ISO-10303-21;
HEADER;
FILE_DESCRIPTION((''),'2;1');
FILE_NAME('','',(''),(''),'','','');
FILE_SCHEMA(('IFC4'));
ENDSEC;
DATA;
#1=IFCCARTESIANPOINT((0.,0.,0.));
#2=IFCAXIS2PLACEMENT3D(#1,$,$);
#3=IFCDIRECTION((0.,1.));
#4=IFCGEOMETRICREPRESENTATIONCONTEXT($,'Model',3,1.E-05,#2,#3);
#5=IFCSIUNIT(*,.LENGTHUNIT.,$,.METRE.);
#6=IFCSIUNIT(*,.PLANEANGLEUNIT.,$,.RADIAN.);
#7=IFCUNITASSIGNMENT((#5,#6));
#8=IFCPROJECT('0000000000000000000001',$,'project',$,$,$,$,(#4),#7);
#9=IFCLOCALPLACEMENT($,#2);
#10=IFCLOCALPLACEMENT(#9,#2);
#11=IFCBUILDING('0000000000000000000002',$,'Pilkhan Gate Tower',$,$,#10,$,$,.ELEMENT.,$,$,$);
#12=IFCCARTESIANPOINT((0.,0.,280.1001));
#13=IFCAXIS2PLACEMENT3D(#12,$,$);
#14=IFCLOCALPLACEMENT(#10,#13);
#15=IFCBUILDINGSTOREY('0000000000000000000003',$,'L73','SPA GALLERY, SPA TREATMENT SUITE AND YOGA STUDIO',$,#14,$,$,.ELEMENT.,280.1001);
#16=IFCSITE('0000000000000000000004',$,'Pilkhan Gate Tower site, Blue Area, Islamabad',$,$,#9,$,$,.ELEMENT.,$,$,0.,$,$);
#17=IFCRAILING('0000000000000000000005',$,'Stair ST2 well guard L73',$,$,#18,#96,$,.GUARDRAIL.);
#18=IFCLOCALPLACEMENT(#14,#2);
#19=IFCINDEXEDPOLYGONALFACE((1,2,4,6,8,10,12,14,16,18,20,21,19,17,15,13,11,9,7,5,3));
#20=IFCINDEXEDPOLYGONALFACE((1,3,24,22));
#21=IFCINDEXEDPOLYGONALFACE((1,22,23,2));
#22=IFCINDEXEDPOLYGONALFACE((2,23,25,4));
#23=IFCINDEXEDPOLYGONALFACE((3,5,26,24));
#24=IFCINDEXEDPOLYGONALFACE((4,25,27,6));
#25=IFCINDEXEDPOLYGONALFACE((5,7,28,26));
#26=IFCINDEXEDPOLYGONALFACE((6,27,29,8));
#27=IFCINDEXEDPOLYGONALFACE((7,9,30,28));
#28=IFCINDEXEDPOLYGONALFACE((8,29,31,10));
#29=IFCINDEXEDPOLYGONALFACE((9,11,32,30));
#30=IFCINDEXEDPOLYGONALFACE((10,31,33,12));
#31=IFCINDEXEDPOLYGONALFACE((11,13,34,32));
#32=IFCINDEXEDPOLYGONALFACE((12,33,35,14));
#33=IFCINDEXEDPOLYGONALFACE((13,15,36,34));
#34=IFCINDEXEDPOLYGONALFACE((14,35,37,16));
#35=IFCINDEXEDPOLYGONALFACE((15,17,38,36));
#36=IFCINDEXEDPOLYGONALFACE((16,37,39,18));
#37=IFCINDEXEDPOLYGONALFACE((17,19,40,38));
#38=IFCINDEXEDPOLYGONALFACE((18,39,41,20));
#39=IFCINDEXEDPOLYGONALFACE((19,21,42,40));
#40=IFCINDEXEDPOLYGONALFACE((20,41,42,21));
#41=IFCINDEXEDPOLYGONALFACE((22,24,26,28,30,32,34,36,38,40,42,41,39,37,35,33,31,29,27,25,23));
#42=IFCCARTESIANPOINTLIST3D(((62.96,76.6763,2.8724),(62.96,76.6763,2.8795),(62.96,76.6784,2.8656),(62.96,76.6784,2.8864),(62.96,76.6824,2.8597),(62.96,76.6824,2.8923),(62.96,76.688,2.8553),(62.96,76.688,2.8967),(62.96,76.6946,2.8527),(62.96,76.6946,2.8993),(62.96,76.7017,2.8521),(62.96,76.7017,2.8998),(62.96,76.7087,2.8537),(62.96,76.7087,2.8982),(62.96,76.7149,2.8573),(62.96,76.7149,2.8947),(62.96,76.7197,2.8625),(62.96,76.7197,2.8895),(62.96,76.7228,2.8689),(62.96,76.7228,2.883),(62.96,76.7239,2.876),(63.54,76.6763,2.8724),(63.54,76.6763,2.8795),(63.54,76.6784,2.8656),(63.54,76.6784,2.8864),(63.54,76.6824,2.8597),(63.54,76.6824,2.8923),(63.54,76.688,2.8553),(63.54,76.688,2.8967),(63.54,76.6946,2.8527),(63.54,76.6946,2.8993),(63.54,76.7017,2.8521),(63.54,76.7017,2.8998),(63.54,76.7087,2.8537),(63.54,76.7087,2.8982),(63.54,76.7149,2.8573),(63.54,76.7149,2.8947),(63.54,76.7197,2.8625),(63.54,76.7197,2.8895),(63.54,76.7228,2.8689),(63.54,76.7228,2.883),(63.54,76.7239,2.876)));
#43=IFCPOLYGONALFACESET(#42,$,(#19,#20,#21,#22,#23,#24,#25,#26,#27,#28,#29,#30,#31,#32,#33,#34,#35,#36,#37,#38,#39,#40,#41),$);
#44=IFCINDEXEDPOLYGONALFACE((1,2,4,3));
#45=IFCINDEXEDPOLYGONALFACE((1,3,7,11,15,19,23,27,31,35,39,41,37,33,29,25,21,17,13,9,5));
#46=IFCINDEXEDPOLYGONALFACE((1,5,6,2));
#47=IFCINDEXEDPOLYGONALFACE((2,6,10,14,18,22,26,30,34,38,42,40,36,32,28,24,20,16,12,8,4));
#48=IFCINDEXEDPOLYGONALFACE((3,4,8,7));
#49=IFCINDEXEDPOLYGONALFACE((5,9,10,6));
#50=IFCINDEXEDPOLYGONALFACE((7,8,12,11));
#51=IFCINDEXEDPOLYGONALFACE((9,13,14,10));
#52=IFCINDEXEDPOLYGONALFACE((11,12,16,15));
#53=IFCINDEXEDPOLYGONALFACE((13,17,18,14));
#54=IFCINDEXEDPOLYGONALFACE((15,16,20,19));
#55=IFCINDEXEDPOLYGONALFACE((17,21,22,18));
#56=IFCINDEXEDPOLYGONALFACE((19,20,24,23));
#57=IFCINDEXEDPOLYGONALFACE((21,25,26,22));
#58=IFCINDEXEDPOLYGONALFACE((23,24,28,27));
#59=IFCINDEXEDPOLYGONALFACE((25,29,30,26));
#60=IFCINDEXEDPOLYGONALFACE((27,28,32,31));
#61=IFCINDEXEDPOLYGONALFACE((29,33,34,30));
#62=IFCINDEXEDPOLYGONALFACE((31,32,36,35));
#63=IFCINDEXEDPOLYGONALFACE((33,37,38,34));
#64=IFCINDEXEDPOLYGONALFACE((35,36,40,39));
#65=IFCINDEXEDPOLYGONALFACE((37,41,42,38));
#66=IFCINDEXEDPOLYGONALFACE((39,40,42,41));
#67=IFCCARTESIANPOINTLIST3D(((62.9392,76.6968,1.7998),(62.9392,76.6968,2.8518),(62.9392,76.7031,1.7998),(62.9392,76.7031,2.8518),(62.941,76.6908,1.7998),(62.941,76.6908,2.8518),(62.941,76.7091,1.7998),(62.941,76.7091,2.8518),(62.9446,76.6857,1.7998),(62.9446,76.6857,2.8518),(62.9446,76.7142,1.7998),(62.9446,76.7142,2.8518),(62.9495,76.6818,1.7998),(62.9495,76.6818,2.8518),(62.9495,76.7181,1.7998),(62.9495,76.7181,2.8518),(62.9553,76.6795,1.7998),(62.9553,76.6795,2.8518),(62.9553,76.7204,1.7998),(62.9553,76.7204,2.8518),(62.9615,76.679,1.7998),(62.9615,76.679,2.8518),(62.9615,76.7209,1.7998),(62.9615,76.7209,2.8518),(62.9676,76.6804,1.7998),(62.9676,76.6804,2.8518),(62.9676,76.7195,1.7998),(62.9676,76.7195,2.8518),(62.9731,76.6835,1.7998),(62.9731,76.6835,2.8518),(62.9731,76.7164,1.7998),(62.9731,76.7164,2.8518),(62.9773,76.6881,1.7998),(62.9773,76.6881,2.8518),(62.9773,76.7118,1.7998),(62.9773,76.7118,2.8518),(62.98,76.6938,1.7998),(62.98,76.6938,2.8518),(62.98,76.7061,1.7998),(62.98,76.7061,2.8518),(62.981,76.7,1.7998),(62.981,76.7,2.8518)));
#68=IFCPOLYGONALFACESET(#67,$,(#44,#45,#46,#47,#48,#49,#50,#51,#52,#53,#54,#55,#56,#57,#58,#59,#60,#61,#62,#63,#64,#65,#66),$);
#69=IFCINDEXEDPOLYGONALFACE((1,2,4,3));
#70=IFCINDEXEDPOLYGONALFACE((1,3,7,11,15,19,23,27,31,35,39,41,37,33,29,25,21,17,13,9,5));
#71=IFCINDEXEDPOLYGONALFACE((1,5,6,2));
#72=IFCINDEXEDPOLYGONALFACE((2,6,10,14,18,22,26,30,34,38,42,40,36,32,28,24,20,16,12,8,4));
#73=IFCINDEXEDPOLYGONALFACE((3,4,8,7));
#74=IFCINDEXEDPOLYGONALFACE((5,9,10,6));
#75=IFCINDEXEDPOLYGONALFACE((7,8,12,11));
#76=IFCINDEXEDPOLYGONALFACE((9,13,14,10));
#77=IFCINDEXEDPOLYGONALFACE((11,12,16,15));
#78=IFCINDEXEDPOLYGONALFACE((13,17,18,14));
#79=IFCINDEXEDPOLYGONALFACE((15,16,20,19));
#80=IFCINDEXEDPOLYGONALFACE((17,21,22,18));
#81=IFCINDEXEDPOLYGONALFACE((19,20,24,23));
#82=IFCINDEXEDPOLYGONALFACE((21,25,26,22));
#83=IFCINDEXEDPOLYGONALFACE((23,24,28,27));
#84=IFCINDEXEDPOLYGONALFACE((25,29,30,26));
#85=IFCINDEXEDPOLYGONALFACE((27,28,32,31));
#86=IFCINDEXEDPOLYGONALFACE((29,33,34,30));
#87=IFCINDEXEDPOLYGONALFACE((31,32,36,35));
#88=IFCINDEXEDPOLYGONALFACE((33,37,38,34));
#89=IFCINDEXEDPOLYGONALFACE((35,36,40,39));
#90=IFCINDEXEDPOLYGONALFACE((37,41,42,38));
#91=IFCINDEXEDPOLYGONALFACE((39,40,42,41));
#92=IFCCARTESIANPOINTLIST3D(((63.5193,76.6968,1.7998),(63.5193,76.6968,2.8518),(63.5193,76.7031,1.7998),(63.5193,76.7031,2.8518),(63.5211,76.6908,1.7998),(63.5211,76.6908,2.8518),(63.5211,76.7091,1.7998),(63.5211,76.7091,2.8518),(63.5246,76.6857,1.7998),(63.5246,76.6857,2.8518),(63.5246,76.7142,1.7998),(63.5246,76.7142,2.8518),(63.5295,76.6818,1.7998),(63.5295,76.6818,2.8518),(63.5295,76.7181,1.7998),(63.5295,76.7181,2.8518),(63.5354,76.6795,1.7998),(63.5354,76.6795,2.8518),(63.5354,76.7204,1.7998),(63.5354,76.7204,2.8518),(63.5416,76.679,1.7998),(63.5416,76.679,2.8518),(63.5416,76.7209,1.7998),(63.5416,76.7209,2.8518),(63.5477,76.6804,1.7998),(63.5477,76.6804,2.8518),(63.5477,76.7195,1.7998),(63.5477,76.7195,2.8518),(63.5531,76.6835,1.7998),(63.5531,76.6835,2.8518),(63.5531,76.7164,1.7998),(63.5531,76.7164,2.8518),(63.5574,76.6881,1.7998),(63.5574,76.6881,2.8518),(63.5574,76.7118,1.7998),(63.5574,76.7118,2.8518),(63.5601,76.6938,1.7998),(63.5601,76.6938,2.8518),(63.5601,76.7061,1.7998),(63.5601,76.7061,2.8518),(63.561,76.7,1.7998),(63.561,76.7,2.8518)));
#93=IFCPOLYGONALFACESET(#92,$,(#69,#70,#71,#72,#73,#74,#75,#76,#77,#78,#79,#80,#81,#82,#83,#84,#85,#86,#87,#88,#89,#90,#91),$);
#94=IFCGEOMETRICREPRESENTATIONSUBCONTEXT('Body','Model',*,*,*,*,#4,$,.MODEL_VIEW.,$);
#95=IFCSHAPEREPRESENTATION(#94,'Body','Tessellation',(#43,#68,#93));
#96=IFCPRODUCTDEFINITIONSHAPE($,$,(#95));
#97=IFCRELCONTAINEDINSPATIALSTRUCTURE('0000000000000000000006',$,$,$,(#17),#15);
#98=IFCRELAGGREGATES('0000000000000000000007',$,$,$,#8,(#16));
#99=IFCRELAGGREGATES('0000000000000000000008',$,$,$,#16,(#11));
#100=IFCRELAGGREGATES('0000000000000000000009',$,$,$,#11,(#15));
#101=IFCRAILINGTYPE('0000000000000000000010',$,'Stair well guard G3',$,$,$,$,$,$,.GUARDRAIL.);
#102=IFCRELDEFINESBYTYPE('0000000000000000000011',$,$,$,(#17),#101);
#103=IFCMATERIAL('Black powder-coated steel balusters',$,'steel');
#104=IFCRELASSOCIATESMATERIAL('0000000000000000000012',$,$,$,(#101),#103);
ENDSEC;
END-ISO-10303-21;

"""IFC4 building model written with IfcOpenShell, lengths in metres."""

from ifc_helpers import new_model, si_unit, direction, frame, origin, origin_2d, place, context, subcontext, project, spatial, circle, extrude, material, type_object, element, save


model = new_model("IFC4")

# Units and contexts
model_context = context("Model", 3, precision=1e-05, world=origin(), true_north=direction((0.0, 1.0)))
body_context = subcontext(model_context, "Body", "Model", "MODEL_VIEW")
ifc_project = project(units=[si_unit("LENGTHUNIT", "METRE"), si_unit("PLANEANGLEUNIT", "RADIAN")], contexts=[model_context])

# Site, building, storey
site_placement = place(None, origin())
site = spatial("IfcSite", under=ifc_project, at=site_placement, Name="Pilkhan Gate Tower site, Blue Area, Islamabad", CompositionType="ELEMENT", RefElevation=0.0)
building_placement = place(site_placement, origin())
building = spatial("IfcBuilding", under=site, at=building_placement, Name="Pilkhan Gate Tower", CompositionType="ELEMENT")
storey_placement = place(building_placement, frame((0.0, 0.0, 280.1001)))
storey = spatial("IfcBuildingStorey", under=building, at=storey_placement, Name="L73", Description="SPA GALLERY, SPA TREATMENT SUITE AND YOGA STUDIO", CompositionType="ELEMENT", Elevation=280.1001)

# Railing
ifc_material_1 = material(Name="Black powder-coated steel balusters", Category="steel")
railing_type_1 = type_object("IfcRailingType", Name="Stair well guard G3", PredefinedType="GUARDRAIL", material=ifc_material_1)
for number, where, name in (
    (1, (62.96, 76.7, 1.7998), "Stair ST2 well guard L73"),
):
    element("IfcRailing", number, at=place(storey_placement, frame(where)), inside=storey, type_object=railing_type_1, Name=name, PredefinedType="GUARDRAIL", context=body_context, shape_type="SweptSolid", body=[
        extrude(circle(Radius=0.0239, at=origin_2d()), frame((0.0, 0.0, 1.0762), z_axis=(1.0, 0.0, 0.0), x_axis=(0.0, 1.0, 0.0)), (0.0, 0.0, 1.0), 0.5801),
        extrude(circle(Radius=0.021, at=origin_2d()), origin(), (0.0, 0.0, 1.0), 1.052),
        extrude(circle(Radius=0.021, at=origin_2d()), frame((0.5801, 0.0, 0.0)), (0.0, 0.0, 1.0), 1.052),
    ])

save(model, "model.ifc")
